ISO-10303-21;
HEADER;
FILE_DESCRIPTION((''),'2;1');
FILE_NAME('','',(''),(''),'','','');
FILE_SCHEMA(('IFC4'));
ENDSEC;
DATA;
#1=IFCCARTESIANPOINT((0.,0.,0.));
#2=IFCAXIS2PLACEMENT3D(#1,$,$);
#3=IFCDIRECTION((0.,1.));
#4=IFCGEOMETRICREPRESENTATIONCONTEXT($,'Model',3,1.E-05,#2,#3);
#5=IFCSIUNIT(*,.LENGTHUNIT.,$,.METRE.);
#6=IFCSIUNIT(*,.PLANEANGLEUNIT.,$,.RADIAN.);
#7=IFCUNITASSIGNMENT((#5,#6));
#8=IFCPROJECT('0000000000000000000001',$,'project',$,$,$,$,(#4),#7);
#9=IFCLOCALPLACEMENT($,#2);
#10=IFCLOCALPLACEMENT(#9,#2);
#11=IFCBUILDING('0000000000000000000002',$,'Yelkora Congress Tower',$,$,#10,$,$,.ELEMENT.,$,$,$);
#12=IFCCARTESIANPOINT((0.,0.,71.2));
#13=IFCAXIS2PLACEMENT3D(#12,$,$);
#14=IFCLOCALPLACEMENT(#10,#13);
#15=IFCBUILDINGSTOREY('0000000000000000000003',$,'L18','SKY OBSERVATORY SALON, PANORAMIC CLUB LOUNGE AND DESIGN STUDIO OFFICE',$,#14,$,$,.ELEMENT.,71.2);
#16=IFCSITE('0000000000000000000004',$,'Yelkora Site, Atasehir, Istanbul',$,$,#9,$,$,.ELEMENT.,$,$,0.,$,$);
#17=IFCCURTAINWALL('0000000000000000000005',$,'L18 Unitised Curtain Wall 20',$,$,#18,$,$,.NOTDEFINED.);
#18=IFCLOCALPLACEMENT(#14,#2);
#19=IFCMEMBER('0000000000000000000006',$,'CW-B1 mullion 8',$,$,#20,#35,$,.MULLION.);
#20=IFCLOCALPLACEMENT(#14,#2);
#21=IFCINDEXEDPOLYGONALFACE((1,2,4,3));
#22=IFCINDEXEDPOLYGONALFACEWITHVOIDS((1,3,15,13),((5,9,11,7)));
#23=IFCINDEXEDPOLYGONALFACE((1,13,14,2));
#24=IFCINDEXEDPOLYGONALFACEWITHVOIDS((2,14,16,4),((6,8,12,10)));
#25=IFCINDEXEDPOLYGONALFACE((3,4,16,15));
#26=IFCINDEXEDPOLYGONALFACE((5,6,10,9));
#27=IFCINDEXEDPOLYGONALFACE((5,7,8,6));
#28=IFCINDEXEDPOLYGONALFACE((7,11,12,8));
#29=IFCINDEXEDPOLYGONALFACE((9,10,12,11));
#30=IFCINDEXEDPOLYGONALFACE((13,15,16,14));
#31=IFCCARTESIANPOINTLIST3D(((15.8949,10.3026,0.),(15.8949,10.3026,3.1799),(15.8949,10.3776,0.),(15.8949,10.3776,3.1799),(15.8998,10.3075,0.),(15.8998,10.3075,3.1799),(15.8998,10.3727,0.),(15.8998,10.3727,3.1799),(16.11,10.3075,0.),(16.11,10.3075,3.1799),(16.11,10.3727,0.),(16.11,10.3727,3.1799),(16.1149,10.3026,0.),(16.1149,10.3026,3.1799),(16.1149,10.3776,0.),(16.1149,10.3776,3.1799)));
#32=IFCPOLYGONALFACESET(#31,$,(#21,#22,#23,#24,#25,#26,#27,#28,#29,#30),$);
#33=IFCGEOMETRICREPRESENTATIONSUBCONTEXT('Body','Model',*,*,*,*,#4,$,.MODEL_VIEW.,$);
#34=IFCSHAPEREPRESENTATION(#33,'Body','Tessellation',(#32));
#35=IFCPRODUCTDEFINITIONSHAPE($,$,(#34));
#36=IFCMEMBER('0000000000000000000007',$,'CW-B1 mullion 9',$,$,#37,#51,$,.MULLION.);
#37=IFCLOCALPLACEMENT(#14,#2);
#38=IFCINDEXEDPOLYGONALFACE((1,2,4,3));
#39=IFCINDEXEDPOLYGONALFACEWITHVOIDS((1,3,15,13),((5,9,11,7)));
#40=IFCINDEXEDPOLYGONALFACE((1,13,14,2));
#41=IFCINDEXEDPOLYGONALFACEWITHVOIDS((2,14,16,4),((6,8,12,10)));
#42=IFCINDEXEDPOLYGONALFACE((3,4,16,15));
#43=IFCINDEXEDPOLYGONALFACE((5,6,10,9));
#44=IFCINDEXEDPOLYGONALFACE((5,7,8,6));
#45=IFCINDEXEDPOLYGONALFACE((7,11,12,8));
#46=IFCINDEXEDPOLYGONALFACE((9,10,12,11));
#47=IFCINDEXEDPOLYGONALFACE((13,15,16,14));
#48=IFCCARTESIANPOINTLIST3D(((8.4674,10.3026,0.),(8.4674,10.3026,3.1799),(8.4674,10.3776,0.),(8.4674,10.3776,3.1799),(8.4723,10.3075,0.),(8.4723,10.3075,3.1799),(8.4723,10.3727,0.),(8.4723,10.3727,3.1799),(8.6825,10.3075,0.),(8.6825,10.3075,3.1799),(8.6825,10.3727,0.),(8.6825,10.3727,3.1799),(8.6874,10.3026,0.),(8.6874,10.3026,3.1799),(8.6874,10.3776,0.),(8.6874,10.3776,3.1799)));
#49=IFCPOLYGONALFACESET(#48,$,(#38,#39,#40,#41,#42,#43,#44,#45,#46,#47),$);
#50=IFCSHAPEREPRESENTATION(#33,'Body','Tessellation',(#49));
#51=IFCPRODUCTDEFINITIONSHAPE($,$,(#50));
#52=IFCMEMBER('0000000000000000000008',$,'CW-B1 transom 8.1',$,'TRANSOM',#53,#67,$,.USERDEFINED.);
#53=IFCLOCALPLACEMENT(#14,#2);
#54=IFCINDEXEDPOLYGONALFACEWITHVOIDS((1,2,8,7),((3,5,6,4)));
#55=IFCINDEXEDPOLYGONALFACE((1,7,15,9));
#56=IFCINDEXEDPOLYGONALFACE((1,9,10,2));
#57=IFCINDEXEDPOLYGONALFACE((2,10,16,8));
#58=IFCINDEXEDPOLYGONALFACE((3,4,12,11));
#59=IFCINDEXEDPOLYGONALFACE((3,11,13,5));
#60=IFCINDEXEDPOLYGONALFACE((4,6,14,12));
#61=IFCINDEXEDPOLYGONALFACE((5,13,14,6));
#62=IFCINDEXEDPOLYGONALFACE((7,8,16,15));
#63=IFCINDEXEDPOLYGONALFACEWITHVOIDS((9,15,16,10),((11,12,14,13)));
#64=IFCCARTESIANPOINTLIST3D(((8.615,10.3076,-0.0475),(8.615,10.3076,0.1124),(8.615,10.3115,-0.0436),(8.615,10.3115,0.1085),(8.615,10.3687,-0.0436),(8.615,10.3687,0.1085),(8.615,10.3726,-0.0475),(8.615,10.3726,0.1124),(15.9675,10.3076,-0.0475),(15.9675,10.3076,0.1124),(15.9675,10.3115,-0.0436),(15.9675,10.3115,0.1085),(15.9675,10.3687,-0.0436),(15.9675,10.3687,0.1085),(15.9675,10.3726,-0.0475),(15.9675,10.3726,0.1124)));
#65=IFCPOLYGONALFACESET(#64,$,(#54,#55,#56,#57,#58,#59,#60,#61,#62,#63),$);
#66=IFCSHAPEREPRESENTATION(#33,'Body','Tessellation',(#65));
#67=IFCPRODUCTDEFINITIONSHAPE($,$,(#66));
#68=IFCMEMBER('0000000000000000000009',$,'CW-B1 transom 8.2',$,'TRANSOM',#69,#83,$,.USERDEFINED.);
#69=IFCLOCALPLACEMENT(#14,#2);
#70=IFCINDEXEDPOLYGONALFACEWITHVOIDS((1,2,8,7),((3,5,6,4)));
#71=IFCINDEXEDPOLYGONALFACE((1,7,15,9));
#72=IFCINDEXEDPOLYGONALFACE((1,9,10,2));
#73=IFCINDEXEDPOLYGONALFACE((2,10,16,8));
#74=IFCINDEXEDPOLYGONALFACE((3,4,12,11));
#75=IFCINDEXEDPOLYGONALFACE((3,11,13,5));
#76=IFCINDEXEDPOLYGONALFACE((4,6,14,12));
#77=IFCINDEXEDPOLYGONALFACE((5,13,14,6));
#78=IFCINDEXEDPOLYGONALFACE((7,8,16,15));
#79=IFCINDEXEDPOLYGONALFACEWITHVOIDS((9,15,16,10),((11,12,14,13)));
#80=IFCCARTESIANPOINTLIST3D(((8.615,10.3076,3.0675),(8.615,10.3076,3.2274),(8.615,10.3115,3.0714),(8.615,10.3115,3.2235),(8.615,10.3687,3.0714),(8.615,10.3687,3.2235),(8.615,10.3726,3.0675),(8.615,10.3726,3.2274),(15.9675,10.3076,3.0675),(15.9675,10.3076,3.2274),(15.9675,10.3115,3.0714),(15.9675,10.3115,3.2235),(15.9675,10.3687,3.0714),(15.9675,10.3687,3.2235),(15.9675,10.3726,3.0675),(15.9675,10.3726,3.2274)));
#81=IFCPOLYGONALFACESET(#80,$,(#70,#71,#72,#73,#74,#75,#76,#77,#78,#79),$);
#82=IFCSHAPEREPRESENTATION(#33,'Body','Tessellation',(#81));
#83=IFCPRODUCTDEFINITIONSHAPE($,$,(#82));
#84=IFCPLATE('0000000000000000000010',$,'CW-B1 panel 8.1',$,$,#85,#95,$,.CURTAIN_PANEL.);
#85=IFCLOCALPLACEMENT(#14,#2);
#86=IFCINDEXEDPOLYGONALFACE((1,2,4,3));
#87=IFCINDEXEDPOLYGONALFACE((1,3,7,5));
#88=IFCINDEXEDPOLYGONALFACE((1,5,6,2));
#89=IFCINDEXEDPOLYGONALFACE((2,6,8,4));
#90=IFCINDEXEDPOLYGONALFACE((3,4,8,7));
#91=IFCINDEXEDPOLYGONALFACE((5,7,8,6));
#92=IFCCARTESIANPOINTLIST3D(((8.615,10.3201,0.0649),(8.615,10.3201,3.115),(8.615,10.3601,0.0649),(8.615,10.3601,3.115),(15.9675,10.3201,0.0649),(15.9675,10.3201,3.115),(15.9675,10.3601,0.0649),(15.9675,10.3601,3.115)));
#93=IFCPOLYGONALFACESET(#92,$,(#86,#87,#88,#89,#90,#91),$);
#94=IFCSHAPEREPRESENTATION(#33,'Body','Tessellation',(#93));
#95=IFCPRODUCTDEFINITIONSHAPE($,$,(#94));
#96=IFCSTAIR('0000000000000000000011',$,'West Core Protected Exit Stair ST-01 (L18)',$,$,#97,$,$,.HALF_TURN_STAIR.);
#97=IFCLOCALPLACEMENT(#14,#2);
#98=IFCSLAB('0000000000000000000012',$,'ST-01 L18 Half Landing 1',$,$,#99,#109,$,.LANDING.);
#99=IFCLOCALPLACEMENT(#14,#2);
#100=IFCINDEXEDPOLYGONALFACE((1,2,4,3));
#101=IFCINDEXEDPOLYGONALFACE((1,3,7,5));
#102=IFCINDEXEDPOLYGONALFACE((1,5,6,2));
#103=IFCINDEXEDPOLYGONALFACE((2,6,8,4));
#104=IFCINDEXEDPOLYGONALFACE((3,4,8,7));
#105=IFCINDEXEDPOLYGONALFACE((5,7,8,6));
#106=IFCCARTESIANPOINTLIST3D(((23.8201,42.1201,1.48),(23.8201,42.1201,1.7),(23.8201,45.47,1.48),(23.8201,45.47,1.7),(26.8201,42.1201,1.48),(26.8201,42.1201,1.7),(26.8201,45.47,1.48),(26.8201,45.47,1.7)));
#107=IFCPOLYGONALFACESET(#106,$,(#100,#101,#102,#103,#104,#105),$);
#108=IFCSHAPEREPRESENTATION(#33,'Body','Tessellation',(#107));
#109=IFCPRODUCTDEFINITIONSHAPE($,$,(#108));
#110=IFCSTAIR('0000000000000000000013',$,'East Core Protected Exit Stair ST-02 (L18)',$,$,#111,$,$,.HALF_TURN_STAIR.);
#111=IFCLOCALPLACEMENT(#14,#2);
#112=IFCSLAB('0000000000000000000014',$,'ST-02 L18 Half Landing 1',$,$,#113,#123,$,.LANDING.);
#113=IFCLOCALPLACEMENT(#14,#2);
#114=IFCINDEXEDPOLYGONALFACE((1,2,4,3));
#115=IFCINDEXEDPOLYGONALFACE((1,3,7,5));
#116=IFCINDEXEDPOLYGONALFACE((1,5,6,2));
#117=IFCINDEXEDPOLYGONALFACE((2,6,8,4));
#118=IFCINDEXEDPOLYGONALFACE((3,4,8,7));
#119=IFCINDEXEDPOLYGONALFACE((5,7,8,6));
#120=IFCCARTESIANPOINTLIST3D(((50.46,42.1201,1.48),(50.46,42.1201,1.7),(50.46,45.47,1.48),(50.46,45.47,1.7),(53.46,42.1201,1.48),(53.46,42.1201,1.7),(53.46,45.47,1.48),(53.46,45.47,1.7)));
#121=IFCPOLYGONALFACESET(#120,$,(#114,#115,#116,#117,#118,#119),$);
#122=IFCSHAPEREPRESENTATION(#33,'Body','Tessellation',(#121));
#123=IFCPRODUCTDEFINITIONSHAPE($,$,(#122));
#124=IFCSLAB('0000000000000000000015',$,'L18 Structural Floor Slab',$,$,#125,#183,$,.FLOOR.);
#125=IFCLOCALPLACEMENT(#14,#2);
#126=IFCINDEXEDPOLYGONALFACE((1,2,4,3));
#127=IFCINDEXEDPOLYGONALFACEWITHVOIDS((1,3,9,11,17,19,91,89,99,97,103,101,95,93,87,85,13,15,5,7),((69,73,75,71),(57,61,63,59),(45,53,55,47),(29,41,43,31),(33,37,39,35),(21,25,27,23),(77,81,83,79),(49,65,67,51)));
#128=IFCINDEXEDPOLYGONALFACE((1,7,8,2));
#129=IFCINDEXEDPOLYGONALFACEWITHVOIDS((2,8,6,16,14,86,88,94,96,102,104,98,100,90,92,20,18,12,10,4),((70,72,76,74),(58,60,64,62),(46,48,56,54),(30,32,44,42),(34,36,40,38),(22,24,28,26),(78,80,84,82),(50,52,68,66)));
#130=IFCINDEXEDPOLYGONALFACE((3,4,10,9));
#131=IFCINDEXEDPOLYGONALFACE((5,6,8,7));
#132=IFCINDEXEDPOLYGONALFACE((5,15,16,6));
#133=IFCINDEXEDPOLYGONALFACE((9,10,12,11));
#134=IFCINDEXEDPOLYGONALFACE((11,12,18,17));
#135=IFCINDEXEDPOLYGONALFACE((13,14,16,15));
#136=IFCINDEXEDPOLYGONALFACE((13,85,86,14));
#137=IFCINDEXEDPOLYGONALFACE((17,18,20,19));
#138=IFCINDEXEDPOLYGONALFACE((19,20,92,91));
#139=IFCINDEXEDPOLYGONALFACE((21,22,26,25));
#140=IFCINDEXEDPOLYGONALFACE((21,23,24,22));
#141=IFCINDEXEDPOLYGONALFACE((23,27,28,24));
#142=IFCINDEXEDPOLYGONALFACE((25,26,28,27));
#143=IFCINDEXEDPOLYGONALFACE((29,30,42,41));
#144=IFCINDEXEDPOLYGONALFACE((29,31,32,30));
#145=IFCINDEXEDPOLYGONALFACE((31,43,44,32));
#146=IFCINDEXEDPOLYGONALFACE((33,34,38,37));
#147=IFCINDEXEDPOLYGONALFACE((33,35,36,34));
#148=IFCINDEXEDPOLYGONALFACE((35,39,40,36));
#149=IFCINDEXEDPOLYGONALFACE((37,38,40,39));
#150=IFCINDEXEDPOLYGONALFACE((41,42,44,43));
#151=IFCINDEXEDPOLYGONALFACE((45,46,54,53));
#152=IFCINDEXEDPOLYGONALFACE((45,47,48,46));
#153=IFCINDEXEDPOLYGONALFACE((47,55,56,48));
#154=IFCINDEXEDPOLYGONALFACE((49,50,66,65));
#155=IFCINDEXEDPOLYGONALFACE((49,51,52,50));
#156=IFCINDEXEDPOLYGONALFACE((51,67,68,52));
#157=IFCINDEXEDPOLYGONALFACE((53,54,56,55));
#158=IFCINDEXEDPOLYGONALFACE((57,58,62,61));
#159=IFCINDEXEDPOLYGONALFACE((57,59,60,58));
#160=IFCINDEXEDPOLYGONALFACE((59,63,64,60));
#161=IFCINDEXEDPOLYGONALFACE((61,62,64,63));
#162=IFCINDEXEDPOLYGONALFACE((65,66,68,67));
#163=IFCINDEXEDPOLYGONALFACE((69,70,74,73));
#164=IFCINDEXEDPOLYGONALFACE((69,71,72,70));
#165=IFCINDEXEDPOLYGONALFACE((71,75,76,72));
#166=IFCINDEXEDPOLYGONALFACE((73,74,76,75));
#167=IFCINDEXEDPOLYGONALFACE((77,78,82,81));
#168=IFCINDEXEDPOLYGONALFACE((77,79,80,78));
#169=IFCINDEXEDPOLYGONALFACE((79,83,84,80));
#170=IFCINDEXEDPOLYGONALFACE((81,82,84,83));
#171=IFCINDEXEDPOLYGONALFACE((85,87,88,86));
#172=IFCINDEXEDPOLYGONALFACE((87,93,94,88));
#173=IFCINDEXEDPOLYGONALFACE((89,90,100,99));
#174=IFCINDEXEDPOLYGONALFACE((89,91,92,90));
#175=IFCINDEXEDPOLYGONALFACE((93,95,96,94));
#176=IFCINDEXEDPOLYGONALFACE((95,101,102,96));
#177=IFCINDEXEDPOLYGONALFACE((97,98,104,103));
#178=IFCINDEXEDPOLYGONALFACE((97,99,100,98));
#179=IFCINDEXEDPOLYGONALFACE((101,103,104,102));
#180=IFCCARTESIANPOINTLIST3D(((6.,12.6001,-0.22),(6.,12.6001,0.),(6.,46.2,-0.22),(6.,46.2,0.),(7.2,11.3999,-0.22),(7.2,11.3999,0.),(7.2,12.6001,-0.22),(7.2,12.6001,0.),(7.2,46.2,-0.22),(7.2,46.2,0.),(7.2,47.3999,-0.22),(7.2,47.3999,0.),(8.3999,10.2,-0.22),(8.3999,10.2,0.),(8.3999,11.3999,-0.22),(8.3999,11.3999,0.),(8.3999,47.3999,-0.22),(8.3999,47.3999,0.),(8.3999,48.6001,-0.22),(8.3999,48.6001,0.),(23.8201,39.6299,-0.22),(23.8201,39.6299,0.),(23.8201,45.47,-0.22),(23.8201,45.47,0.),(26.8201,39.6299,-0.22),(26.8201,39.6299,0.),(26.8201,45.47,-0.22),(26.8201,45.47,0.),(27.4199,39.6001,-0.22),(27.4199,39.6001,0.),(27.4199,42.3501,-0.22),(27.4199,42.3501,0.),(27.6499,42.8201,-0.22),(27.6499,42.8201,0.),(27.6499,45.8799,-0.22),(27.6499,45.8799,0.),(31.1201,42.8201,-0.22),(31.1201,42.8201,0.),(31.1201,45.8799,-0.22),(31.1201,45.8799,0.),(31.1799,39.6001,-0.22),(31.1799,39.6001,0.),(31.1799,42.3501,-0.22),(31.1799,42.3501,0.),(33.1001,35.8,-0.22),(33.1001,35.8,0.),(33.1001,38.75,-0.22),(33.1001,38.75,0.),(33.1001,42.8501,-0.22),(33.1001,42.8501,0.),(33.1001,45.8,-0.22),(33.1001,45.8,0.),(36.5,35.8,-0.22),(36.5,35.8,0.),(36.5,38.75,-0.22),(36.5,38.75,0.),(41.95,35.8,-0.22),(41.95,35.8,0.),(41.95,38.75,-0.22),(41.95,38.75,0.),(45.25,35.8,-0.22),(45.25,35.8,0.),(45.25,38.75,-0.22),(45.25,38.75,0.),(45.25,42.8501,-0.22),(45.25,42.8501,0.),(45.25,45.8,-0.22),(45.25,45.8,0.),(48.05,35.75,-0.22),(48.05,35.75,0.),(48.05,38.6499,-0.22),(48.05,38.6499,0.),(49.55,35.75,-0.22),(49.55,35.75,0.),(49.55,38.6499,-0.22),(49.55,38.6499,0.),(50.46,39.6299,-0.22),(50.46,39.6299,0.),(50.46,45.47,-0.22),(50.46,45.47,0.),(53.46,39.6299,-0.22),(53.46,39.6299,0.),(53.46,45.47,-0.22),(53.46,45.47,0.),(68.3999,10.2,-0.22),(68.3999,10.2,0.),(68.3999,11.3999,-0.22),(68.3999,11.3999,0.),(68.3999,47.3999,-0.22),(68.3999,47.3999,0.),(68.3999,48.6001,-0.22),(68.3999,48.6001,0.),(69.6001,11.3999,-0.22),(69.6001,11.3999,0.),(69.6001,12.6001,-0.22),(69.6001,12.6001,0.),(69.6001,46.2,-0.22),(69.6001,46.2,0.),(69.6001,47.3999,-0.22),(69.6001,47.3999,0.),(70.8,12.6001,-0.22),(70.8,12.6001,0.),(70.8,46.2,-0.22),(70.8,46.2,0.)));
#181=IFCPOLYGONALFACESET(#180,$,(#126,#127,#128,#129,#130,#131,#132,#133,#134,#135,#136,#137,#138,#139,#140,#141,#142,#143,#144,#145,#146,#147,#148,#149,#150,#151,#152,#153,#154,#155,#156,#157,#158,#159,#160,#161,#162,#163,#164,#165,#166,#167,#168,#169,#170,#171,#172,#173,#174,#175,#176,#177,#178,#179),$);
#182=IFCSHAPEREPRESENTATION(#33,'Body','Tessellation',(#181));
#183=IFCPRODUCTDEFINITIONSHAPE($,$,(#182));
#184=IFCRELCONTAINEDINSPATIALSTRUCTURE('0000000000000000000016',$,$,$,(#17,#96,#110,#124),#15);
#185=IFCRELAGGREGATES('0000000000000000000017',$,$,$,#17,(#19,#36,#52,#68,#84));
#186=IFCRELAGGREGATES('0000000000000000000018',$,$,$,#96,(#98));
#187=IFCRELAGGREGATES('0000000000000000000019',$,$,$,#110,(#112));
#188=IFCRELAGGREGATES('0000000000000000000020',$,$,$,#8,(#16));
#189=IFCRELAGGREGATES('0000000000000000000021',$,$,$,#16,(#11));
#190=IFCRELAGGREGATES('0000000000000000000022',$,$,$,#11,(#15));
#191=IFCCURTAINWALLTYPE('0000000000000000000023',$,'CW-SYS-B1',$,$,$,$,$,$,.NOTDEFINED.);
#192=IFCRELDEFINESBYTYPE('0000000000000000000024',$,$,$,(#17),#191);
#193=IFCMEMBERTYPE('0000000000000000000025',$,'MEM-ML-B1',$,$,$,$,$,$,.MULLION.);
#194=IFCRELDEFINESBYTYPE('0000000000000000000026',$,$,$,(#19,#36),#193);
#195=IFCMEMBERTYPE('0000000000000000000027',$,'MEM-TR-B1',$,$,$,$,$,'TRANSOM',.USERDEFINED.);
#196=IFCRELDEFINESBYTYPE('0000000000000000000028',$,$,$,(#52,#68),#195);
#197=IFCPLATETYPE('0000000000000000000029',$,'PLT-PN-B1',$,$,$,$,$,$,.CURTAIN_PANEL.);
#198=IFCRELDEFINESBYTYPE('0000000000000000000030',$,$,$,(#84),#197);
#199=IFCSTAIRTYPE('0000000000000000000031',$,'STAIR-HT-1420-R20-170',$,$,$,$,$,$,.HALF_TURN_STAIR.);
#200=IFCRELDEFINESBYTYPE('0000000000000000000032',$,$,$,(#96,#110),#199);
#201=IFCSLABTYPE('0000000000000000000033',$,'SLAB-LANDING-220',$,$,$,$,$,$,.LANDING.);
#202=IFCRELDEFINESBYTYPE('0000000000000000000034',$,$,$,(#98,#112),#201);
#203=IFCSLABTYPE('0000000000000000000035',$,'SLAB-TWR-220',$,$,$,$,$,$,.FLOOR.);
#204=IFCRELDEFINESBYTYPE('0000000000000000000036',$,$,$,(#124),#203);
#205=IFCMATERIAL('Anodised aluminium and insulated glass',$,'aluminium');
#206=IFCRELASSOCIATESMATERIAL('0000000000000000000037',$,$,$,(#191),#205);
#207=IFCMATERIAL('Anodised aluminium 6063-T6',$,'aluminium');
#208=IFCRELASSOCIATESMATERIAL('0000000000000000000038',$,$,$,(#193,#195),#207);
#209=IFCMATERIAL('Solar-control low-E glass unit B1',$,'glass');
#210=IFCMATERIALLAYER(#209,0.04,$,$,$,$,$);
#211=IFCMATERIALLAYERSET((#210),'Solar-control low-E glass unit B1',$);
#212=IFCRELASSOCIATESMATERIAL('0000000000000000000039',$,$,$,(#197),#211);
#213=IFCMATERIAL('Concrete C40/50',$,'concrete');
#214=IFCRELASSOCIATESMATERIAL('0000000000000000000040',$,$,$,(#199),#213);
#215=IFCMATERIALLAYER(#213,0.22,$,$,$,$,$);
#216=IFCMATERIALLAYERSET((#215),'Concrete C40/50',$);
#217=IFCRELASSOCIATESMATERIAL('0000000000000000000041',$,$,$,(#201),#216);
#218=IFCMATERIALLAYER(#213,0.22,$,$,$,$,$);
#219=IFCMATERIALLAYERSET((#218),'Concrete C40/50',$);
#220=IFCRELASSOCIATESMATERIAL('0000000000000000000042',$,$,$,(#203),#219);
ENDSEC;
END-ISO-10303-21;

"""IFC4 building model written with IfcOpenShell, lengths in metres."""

from ifc_helpers import new_model, si_unit, direction, frame, origin, origin_2d, place, context, subcontext, project, spatial, polyline, rectangle, hollow_rectangle, outline, extrude, material, layer, layer_set, material_profile, profile_set, type_object, element, aggregate, save


model = new_model("IFC4")

# Units and contexts
model_context = context("Model", 3, precision=1e-05, world=origin(), true_north=direction((0.0, 1.0)))
body_context = subcontext(model_context, "Body", "Model", "MODEL_VIEW")
ifc_project = project(units=[si_unit("LENGTHUNIT", "METRE"), si_unit("PLANEANGLEUNIT", "RADIAN")], contexts=[model_context])

# Site, building, storey
site_placement = place(None, origin())
site = spatial("IfcSite", under=ifc_project, at=site_placement, Name="Yelkora Site, Atasehir, Istanbul", CompositionType="ELEMENT", RefElevation=0.0)
building_placement = place(site_placement, origin())
building = spatial("IfcBuilding", under=site, at=building_placement, Name="Yelkora Congress Tower", CompositionType="ELEMENT")
storey_placement = place(building_placement, frame((0.0, 0.0, 71.2)))
storey = spatial("IfcBuildingStorey", under=building, at=storey_placement, Name="L18", Description="SKY OBSERVATORY SALON, PANORAMIC CLUB LOUNGE AND DESIGN STUDIO OFFICE", CompositionType="ELEMENT", Elevation=71.2)

# Curtain wall, members, plate
ifc_material_1 = material(Name="Anodised aluminium and insulated glass", Category="aluminium")
curtain_wall_type = type_object("IfcCurtainWallType", Name="CW-SYS-B1", PredefinedType="NOTDEFINED", material=ifc_material_1)
curtain_wall_placement = place(storey_placement, origin())
curtain_wall = element("IfcCurtainWall", 1, at=curtain_wall_placement, inside=storey, type_object=curtain_wall_type, Name="L18 Unitised Curtain Wall 20", PredefinedType="NOTDEFINED")
ifc_material_2 = material(Name="Anodised aluminium 6063-T6", Category="aluminium")
ifc_material_profile_1 = material_profile(ifc_material_2, hollow_rectangle(XDim=0.075, YDim=0.22, WallThickness=0.0049, at=origin_2d()), Name="ALU 75x220x5")
ifc_profile_set_1 = profile_set([ifc_material_profile_1], Name="Anodised aluminium 6063-T6")
member_type_1 = type_object("IfcMemberType", Name="MEM-ML-B1", PredefinedType="MULLION", material=ifc_profile_set_1)
member_1_placement = place(storey_placement, frame((16.0049, 10.3401, 0.0), z_axis=(0.0, 0.0, 1.0), x_axis=(0.0, -1.0, 0.0)))
member_1 = element("IfcMember", 2, at=member_1_placement, type_object=member_type_1, Name="CW-B1 mullion 8", PredefinedType="MULLION", context=body_context, shape_type="SweptSolid", body=[
    extrude(hollow_rectangle(XDim=0.075, YDim=0.22, WallThickness=0.0049, at=origin_2d()), origin(), (0.0, 0.0, 1.0), 3.1799),
])
member_2_placement = place(storey_placement, frame((8.5774, 10.3401, 0.0), z_axis=(0.0, 0.0, 1.0), x_axis=(0.0, -1.0, 0.0)))
member_2 = element("IfcMember", 3, at=member_2_placement, type_object=member_type_1, Name="CW-B1 mullion 9", PredefinedType="MULLION", context=body_context, shape_type="SweptSolid", body=[
    extrude(hollow_rectangle(XDim=0.075, YDim=0.22, WallThickness=0.0049, at=origin_2d()), origin(), (0.0, 0.0, 1.0), 3.1799),
])
ifc_material_profile_2 = material_profile(ifc_material_2, hollow_rectangle(XDim=0.0649, YDim=0.1599, WallThickness=0.0039, at=origin_2d()), Name="ALU 65x160x4")
ifc_profile_set_2 = profile_set([ifc_material_profile_2], Name="Anodised aluminium 6063-T6")
member_type_2 = type_object("IfcMemberType", Name="MEM-TR-B1", ElementType="TRANSOM", PredefinedType="USERDEFINED", material=ifc_profile_set_2)
member_3_placement = place(storey_placement, frame((15.9675, 10.3401, 0.0325), z_axis=(-1.0, 0.0, 0.0), x_axis=(0.0, -1.0, 0.0)))
member_3 = element("IfcMember", 4, at=member_3_placement, type_object=member_type_2, Name="CW-B1 transom 8.1", ObjectType="TRANSOM", PredefinedType="USERDEFINED", context=body_context, shape_type="SweptSolid", body=[
    extrude(hollow_rectangle(XDim=0.0649, YDim=0.1599, WallThickness=0.0039, at=origin_2d()), origin(), (0.0, 0.0, 1.0), 7.3525),
])
member_4_placement = place(storey_placement, frame((15.9675, 10.3401, 3.1475), z_axis=(-1.0, 0.0, 0.0), x_axis=(0.0, -1.0, 0.0)))
member_4 = element("IfcMember", 5, at=member_4_placement, type_object=member_type_2, Name="CW-B1 transom 8.2", ObjectType="TRANSOM", PredefinedType="USERDEFINED", context=body_context, shape_type="SweptSolid", body=[
    extrude(hollow_rectangle(XDim=0.0649, YDim=0.1599, WallThickness=0.0039, at=origin_2d()), origin(), (0.0, 0.0, 1.0), 7.3525),
])
ifc_material_3 = material(Name="Solar-control low-E glass unit B1", Category="glass")
ifc_layer_1 = layer(ifc_material_3, 0.04)
ifc_layer_set_1 = layer_set([ifc_layer_1], Name="Solar-control low-E glass unit B1")
plate_type = type_object("IfcPlateType", Name="PLT-PN-B1", PredefinedType="CURTAIN_PANEL", material=ifc_layer_set_1)
plate_placement = place(storey_placement, frame((12.2913, 10.3401, 0.0649), z_axis=(0.0, 0.0, 1.0), x_axis=(-1.0, 0.0, 0.0)))
plate = element("IfcPlate", 6, at=plate_placement, type_object=plate_type, Name="CW-B1 panel 8.1", PredefinedType="CURTAIN_PANEL", context=body_context, shape_type="SweptSolid", body=[
    extrude(rectangle(XDim=7.3525, YDim=0.04, at=origin_2d()), origin(), (0.0, 0.0, 1.0), 3.05),
])
aggregate(curtain_wall, [member_1, member_2, member_3, member_4, plate])

# Stairs, slabs
ifc_material_4 = material(Name="Concrete C40/50", Category="concrete")
stair_type = type_object("IfcStairType", Name="STAIR-HT-1420-R20-170", PredefinedType="HALF_TURN_STAIR", material=ifc_material_4)
stair_1_placement = place(storey_placement, origin())
stair_1 = element("IfcStair", 7, at=stair_1_placement, inside=storey, type_object=stair_type, Name="West Core Protected Exit Stair ST-01 (L18)", PredefinedType="HALF_TURN_STAIR")
ifc_layer_2 = layer(ifc_material_4, 0.22)
ifc_layer_set_2 = layer_set([ifc_layer_2], Name="Concrete C40/50")
slab_type_1 = type_object("IfcSlabType", Name="SLAB-LANDING-220", PredefinedType="LANDING", material=ifc_layer_set_2)
slab_1_placement = place(storey_placement, frame((0.0, 0.0, 1.48)))
slab_1 = element("IfcSlab", 8, at=slab_1_placement, type_object=slab_type_1, Name="ST-01 L18 Half Landing 1", PredefinedType="LANDING", context=body_context, shape_type="SweptSolid", body=[
    extrude(outline(polyline([(26.8201, 42.1201), (26.8201, 45.47), (23.8201, 45.47), (23.8201, 42.1201), (26.8201, 42.1201)])), origin(), (0.0, 0.0, 1.0), 0.22),
])
aggregate(stair_1, [slab_1])
stair_2_placement = place(storey_placement, origin())
stair_2 = element("IfcStair", 9, at=stair_2_placement, inside=storey, type_object=stair_type, Name="East Core Protected Exit Stair ST-02 (L18)", PredefinedType="HALF_TURN_STAIR")
slab_2_placement = place(storey_placement, frame((0.0, 0.0, 1.48)))
slab_2 = element("IfcSlab", 10, at=slab_2_placement, type_object=slab_type_1, Name="ST-02 L18 Half Landing 1", PredefinedType="LANDING", context=body_context, shape_type="SweptSolid", body=[
    extrude(outline(polyline([(53.46, 42.1201), (53.46, 45.47), (50.46, 45.47), (50.46, 42.1201), (53.46, 42.1201)])), origin(), (0.0, 0.0, 1.0), 0.22),
])
aggregate(stair_2, [slab_2])

# Slab
ifc_layer_3 = layer(ifc_material_4, 0.22)
ifc_layer_set_3 = layer_set([ifc_layer_3], Name="Concrete C40/50")
slab_type_2 = type_object("IfcSlabType", Name="SLAB-TWR-220", PredefinedType="FLOOR", material=ifc_layer_set_3)
slab_3_placement = place(storey_placement, frame((0.0, 0.0, -0.22)))
element("IfcSlab", 11, at=slab_3_placement, inside=storey, type_object=slab_type_2, Name="L18 Structural Floor Slab", PredefinedType="FLOOR", context=body_context, shape_type="SweptSolid", body=[
    extrude(outline(polyline([(8.3999, 10.2), (68.3999, 10.2), (68.3999, 11.3999), (69.6001, 11.3999), (69.6001, 12.6001), (70.8, 12.6001), (70.8, 46.2), (69.6001, 46.2), (69.6001, 47.3999), (68.3999, 47.3999), (68.3999, 48.6001), (8.3999, 48.6001), (8.3999, 47.3999), (7.2, 47.3999), (7.2, 46.2), (6.0, 46.2), (6.0, 12.6001), (7.2, 12.6001), (7.2, 11.3999), (8.3999, 11.3999), (8.3999, 10.2)]), holes=[polyline([(23.8201, 39.6299), (26.8201, 39.6299), (26.8201, 45.47), (23.8201, 45.47), (23.8201, 39.6299)]), polyline([(50.46, 39.6299), (53.46, 39.6299), (53.46, 45.47), (50.46, 45.47), (50.46, 39.6299)]), polyline([(48.05, 35.75), (49.55, 35.75), (49.55, 38.6499), (48.05, 38.6499), (48.05, 35.75)]), polyline([(41.95, 35.8), (45.25, 35.8), (45.25, 38.75), (41.95, 38.75), (41.95, 35.8)]), polyline([(33.1001, 42.8501), (45.25, 42.8501), (45.25, 45.8), (33.1001, 45.8), (33.1001, 42.8501)]), polyline([(33.1001, 35.8), (36.5, 35.8), (36.5, 38.75), (33.1001, 38.75), (33.1001, 35.8)]), polyline([(27.4199, 39.6001), (31.1799, 39.6001), (31.1799, 42.3501), (27.4199, 42.3501), (27.4199, 39.6001)]), polyline([(27.6499, 42.8201), (31.1201, 42.8201), (31.1201, 45.8799), (27.6499, 45.8799), (27.6499, 42.8201)])]), origin(), (0.0, 0.0, 1.0), 0.22),
])

save(model, "model.ifc")
